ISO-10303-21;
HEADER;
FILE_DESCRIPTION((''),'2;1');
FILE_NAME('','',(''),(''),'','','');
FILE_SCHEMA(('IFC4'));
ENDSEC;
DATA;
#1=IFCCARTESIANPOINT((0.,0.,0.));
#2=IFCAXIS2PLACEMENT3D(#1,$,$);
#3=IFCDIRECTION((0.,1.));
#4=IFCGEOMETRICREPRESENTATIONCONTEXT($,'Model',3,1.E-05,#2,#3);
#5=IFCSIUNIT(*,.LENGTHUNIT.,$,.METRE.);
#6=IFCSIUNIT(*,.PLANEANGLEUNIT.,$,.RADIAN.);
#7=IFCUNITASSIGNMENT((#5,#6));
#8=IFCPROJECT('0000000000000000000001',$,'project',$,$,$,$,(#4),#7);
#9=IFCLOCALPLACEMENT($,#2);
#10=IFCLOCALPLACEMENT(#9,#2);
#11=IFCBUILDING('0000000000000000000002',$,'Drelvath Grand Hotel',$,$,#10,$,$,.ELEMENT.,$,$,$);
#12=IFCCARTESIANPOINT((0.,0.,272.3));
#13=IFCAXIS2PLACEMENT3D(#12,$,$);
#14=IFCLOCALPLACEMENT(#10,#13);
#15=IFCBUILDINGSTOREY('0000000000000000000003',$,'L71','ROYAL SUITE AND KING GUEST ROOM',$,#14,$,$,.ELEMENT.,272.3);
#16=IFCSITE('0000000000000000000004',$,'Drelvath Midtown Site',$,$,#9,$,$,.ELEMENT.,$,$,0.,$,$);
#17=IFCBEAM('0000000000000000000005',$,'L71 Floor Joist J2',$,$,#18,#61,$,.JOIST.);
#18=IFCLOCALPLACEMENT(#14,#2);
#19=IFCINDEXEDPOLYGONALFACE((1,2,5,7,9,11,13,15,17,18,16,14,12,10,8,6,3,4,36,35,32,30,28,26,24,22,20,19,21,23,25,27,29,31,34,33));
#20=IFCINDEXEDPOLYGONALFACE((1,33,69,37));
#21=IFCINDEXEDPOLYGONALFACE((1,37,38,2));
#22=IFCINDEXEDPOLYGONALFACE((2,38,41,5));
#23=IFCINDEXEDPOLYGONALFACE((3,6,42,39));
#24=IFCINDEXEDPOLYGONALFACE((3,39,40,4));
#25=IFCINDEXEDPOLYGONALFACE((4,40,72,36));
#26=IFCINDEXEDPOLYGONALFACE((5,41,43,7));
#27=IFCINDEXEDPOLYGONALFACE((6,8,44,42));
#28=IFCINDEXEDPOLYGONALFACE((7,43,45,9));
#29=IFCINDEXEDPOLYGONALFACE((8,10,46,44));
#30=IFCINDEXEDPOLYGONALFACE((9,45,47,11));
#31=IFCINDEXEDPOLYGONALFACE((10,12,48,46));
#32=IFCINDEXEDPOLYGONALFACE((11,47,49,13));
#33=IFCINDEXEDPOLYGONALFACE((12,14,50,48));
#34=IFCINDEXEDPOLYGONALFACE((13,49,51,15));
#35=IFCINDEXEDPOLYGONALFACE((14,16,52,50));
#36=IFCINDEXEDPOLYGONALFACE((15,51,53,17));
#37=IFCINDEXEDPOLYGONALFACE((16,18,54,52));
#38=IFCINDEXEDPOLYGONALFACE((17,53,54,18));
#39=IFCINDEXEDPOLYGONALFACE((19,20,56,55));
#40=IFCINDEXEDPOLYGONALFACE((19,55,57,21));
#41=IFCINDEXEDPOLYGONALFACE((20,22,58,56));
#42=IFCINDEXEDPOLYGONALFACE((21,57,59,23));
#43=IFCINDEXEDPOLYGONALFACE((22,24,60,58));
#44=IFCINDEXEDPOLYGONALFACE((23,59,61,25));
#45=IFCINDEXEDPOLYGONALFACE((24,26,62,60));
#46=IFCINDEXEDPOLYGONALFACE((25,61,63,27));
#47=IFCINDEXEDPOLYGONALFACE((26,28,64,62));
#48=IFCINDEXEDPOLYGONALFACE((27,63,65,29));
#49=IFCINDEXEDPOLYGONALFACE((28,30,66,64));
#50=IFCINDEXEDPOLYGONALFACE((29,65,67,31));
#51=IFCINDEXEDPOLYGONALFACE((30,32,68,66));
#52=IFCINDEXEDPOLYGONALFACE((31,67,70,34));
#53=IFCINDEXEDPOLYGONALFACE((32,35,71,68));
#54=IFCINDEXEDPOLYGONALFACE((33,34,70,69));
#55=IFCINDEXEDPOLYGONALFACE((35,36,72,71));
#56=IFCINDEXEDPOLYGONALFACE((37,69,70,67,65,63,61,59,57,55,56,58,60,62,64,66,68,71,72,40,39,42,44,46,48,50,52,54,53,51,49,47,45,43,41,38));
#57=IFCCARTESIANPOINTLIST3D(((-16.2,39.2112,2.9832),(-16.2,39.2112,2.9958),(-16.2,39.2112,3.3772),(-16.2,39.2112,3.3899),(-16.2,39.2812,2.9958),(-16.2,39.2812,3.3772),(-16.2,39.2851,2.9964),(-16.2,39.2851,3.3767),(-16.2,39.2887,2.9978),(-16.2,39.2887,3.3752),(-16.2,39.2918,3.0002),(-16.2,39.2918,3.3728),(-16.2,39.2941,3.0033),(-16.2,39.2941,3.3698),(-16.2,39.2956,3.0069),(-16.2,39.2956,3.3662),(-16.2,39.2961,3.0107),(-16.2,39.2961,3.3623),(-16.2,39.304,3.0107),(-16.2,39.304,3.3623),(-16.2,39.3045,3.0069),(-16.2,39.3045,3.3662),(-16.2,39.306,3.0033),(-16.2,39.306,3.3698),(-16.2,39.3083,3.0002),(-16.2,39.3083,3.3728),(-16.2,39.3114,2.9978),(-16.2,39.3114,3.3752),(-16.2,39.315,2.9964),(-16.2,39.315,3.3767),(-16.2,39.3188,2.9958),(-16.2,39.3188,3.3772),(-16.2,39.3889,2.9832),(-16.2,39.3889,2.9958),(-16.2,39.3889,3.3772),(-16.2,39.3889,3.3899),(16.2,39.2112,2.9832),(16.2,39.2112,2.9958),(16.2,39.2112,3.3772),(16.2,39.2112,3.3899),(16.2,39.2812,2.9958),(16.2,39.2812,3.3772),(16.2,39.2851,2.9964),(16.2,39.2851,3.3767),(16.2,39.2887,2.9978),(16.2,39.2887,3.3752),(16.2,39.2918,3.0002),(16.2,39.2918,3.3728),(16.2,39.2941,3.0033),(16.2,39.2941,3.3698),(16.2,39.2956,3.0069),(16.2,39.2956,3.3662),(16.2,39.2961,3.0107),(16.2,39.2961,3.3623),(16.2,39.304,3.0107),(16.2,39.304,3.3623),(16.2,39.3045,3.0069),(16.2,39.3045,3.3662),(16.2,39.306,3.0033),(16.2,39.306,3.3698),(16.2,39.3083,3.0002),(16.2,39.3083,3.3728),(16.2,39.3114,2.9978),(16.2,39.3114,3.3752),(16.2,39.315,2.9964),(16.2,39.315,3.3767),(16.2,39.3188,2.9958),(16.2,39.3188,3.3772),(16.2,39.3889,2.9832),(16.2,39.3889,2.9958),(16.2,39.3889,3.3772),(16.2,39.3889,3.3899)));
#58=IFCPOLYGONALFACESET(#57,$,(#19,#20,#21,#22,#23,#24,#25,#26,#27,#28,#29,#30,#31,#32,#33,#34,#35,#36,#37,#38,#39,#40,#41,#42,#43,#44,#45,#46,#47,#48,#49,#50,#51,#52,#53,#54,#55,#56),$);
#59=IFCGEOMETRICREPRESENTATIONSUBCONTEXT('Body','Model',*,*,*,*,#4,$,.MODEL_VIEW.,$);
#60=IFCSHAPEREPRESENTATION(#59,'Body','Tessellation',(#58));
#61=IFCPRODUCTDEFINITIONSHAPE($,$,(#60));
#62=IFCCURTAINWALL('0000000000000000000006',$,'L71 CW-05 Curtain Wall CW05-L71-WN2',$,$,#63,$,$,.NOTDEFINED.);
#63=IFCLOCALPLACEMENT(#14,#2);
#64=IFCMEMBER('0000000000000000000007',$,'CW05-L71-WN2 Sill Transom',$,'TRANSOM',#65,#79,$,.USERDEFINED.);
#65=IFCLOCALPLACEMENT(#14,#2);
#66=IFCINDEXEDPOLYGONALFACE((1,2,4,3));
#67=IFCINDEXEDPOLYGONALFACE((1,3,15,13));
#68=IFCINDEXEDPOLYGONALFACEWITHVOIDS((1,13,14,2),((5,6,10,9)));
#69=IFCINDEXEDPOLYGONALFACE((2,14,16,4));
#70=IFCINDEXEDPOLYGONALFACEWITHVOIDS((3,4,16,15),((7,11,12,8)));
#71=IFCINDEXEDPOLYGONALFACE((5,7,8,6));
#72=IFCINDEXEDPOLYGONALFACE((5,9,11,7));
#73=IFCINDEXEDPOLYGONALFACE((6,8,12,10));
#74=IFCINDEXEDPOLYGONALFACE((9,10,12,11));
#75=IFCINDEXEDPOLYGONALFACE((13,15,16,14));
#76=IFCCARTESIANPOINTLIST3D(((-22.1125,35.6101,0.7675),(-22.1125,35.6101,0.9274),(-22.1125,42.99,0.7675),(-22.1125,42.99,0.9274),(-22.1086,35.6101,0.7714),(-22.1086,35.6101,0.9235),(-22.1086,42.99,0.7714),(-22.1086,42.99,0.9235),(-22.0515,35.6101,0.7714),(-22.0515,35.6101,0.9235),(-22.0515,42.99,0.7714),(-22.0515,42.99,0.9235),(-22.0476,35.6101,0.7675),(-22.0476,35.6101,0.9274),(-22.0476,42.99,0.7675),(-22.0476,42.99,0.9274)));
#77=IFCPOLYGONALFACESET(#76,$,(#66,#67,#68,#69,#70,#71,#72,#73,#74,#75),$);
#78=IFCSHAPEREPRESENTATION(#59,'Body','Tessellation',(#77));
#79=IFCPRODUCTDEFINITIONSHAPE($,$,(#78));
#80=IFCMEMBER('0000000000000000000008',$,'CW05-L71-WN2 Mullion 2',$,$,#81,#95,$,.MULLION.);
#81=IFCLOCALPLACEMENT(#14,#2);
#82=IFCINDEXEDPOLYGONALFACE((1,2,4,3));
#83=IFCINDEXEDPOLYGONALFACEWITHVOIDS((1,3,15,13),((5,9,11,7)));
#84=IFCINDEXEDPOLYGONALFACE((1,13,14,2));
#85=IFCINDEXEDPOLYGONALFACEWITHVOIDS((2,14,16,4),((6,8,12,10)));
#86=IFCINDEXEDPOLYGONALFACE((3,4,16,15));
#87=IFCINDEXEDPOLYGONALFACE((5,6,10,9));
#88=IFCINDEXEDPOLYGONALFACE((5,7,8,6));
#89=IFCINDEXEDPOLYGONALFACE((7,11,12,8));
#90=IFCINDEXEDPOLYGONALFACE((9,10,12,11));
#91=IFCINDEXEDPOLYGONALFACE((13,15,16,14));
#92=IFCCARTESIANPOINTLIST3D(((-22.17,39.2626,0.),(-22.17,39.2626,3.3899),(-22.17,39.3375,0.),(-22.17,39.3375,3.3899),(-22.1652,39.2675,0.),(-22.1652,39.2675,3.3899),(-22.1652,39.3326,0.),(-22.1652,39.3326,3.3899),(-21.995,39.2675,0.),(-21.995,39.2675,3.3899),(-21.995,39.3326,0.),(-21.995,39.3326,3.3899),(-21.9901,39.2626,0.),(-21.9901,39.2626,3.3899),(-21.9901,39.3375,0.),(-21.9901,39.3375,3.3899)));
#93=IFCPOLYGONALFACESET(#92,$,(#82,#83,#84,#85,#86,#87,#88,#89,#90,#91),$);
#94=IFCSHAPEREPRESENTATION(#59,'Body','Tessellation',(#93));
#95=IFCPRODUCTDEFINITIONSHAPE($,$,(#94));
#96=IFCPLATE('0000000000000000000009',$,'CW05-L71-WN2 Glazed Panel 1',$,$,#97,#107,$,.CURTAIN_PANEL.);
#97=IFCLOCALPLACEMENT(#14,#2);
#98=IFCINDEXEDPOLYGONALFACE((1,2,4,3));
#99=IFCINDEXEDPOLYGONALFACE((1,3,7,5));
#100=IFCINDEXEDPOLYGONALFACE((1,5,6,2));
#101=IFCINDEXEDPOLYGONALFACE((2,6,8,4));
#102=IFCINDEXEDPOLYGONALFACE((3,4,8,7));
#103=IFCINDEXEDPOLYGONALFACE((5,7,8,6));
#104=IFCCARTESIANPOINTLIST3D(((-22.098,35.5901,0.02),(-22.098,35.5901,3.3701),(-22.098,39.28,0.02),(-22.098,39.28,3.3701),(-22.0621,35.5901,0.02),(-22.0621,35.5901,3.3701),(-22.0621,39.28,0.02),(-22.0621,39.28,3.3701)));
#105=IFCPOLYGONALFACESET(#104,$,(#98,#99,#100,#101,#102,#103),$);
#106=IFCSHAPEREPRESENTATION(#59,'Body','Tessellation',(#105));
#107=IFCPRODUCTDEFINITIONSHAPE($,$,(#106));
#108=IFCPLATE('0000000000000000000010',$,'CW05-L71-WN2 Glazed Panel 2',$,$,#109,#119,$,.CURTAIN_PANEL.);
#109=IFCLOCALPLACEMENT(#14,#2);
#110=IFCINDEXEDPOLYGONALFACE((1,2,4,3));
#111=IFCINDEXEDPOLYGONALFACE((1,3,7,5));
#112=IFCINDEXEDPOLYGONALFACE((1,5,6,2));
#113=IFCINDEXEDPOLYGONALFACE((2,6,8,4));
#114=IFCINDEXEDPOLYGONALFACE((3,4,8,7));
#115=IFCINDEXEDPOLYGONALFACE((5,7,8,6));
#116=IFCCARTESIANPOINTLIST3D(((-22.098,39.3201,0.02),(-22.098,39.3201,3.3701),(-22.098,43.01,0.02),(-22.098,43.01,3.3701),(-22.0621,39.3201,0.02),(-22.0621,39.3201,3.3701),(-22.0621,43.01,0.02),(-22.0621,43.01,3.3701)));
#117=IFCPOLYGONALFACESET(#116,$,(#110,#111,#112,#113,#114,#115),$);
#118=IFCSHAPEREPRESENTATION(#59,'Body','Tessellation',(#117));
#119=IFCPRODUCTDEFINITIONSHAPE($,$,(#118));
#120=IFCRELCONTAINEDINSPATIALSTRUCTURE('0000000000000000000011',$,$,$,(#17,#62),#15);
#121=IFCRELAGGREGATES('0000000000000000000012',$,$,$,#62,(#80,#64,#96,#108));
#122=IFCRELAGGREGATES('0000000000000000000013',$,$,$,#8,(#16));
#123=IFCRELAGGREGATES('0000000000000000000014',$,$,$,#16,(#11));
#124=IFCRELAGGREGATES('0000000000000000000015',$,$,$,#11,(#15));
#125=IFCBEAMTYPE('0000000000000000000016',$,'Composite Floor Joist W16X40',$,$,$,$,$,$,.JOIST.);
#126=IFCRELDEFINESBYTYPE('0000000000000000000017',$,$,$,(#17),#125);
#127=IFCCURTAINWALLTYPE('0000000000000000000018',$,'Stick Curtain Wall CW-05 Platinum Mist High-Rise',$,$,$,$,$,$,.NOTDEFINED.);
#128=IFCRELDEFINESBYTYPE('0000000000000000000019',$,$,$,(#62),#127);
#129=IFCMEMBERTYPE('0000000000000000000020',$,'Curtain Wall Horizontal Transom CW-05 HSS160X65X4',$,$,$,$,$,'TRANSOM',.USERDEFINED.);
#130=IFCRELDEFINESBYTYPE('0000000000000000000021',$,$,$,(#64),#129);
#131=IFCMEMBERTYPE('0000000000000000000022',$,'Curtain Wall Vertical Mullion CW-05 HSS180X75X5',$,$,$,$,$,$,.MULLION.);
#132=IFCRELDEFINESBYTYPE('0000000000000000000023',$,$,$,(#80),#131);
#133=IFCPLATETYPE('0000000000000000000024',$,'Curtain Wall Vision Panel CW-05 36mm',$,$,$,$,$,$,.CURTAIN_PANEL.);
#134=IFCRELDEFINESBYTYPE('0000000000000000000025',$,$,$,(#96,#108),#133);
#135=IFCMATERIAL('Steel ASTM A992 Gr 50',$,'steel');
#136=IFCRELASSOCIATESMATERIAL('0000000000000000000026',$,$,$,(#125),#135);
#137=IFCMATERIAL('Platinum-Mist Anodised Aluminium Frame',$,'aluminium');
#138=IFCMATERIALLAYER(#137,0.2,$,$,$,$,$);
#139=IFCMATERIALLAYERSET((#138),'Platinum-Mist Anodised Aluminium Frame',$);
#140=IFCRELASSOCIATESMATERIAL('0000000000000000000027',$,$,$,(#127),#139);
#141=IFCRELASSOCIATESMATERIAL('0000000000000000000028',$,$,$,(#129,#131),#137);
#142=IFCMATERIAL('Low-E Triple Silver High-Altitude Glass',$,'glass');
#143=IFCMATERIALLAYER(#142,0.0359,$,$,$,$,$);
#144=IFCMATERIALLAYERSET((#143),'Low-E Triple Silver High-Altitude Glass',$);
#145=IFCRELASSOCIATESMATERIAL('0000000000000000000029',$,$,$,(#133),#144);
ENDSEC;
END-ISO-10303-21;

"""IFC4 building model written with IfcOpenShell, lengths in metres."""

from ifc_helpers import new_model, si_unit, direction, frame, origin, origin_2d, place, context, subcontext, project, spatial, rectangle, hollow_rectangle, i_section, extrude, material, layer, layer_set, material_profile, profile_set, type_object, element, aggregate, save


model = new_model("IFC4")

# Units and contexts
model_context = context("Model", 3, precision=1e-05, world=origin(), true_north=direction((0.0, 1.0)))
body_context = subcontext(model_context, "Body", "Model", "MODEL_VIEW")
ifc_project = project(units=[si_unit("LENGTHUNIT", "METRE"), si_unit("PLANEANGLEUNIT", "RADIAN")], contexts=[model_context])

# Site, building, storey
site_placement = place(None, origin())
site = spatial("IfcSite", under=ifc_project, at=site_placement, Name="Drelvath Midtown Site", CompositionType="ELEMENT", RefElevation=0.0)
building_placement = place(site_placement, origin())
building = spatial("IfcBuilding", under=site, at=building_placement, Name="Drelvath Grand Hotel", CompositionType="ELEMENT")
storey_placement = place(building_placement, frame((0.0, 0.0, 272.3)))
storey = spatial("IfcBuildingStorey", under=building, at=storey_placement, Name="L71", Description="ROYAL SUITE AND KING GUEST ROOM", CompositionType="ELEMENT", Elevation=272.3)

# Beam
ifc_material_1 = material(Name="Steel ASTM A992 Gr 50", Category="steel")
ifc_material_profile_1 = material_profile(ifc_material_1, i_section(OverallWidth=0.1777, OverallDepth=0.4067, WebThickness=0.0078, FlangeThickness=0.0127, FilletRadius=0.0149, at=origin_2d()), Name="W16X40")
ifc_profile_set_1 = profile_set([ifc_material_profile_1], Name="Steel ASTM A992 Gr 50")
beam_type = type_object("IfcBeamType", Name="Composite Floor Joist W16X40", PredefinedType="JOIST", material=ifc_profile_set_1)
beam_placement = place(storey_placement, frame((-16.2, 39.3, 3.1865), z_axis=(1.0, 0.0, 0.0), x_axis=(0.0, 1.0, 0.0)))
element("IfcBeam", 1, at=beam_placement, inside=storey, type_object=beam_type, Name="L71 Floor Joist J2", PredefinedType="JOIST", context=body_context, shape_type="SweptSolid", body=[
    extrude(i_section(OverallWidth=0.1777, OverallDepth=0.4067, WebThickness=0.0078, FlangeThickness=0.0127, FilletRadius=0.0149, at=origin_2d()), origin(), (0.0, 0.0, 1.0), 32.3999),
])

# Curtain wall, members, plates
ifc_material_2 = material(Name="Platinum-Mist Anodised Aluminium Frame", Category="aluminium")
ifc_layer_1 = layer(ifc_material_2, 0.2)
ifc_layer_set_1 = layer_set([ifc_layer_1], Name="Platinum-Mist Anodised Aluminium Frame")
curtain_wall_type = type_object("IfcCurtainWallType", Name="Stick Curtain Wall CW-05 Platinum Mist High-Rise", PredefinedType="NOTDEFINED", material=ifc_layer_set_1)
curtain_wall_placement = place(storey_placement, origin())
curtain_wall = element("IfcCurtainWall", 2, at=curtain_wall_placement, inside=storey, type_object=curtain_wall_type, Name="L71 CW-05 Curtain Wall CW05-L71-WN2", PredefinedType="NOTDEFINED")
ifc_material_profile_2 = material_profile(ifc_material_2, hollow_rectangle(XDim=0.0649, YDim=0.1599, WallThickness=0.0039, at=origin_2d()), Name="HSS160X65X4")
ifc_profile_set_2 = profile_set([ifc_material_profile_2], Name="Platinum-Mist Anodised Aluminium Frame")
member_type_1 = type_object("IfcMemberType", Name="Curtain Wall Horizontal Transom CW-05 HSS160X65X4", ElementType="TRANSOM", PredefinedType="USERDEFINED", material=ifc_profile_set_2)
member_1_placement = place(storey_placement, frame((-22.0801, 35.6101, 0.8474), z_axis=(0.0, 1.0, 0.0), x_axis=(-1.0, 0.0, 0.0)))
member_1 = element("IfcMember", 3, at=member_1_placement, type_object=member_type_1, Name="CW05-L71-WN2 Sill Transom", ObjectType="TRANSOM", PredefinedType="USERDEFINED", context=body_context, shape_type="SweptSolid", body=[
    extrude(hollow_rectangle(XDim=0.0649, YDim=0.1599, WallThickness=0.0039, at=origin_2d()), origin(), (0.0, 0.0, 1.0), 7.3799),
])
ifc_material_profile_3 = material_profile(ifc_material_2, hollow_rectangle(XDim=0.075, YDim=0.1799, WallThickness=0.0049, at=origin_2d()), Name="HSS180X75X5")
ifc_profile_set_3 = profile_set([ifc_material_profile_3], Name="Platinum-Mist Anodised Aluminium Frame")
member_type_2 = type_object("IfcMemberType", Name="Curtain Wall Vertical Mullion CW-05 HSS180X75X5", PredefinedType="MULLION", material=ifc_profile_set_3)
member_2_placement = place(storey_placement, frame((-22.0801, 39.3, 0.0), z_axis=(0.0, 0.0, 1.0), x_axis=(0.0, 1.0, 0.0)))
member_2 = element("IfcMember", 4, at=member_2_placement, type_object=member_type_2, Name="CW05-L71-WN2 Mullion 2", PredefinedType="MULLION", context=body_context, shape_type="SweptSolid", body=[
    extrude(hollow_rectangle(XDim=0.075, YDim=0.1799, WallThickness=0.0049, at=origin_2d()), origin(), (0.0, 0.0, 1.0), 3.3899),
])
ifc_material_3 = material(Name="Low-E Triple Silver High-Altitude Glass", Category="glass")
ifc_layer_2 = layer(ifc_material_3, 0.0359)
ifc_layer_set_2 = layer_set([ifc_layer_2], Name="Low-E Triple Silver High-Altitude Glass")
plate_type = type_object("IfcPlateType", Name="Curtain Wall Vision Panel CW-05 36mm", PredefinedType="CURTAIN_PANEL", material=ifc_layer_set_2)
plate_1_placement = place(storey_placement, frame((-22.0801, 37.4351, 0.02), z_axis=(0.0, 0.0, 1.0), x_axis=(0.0, 1.0, 0.0)))
plate_1 = element("IfcPlate", 5, at=plate_1_placement, type_object=plate_type, Name="CW05-L71-WN2 Glazed Panel 1", PredefinedType="CURTAIN_PANEL", context=body_context, shape_type="SweptSolid", body=[
    extrude(rectangle(XDim=3.6899, YDim=0.0359, at=origin_2d()), origin(), (0.0, 0.0, 1.0), 3.3501),
])
plate_2_placement = place(storey_placement, frame((-22.0801, 41.165, 0.02), z_axis=(0.0, 0.0, 1.0), x_axis=(0.0, 1.0, 0.0)))
plate_2 = element("IfcPlate", 6, at=plate_2_placement, type_object=plate_type, Name="CW05-L71-WN2 Glazed Panel 2", PredefinedType="CURTAIN_PANEL", context=body_context, shape_type="SweptSolid", body=[
    extrude(rectangle(XDim=3.6899, YDim=0.0359, at=origin_2d()), origin(), (0.0, 0.0, 1.0), 3.3501),
])
aggregate(curtain_wall, [member_2, member_1, plate_1, plate_2])

save(model, "model.ifc")
